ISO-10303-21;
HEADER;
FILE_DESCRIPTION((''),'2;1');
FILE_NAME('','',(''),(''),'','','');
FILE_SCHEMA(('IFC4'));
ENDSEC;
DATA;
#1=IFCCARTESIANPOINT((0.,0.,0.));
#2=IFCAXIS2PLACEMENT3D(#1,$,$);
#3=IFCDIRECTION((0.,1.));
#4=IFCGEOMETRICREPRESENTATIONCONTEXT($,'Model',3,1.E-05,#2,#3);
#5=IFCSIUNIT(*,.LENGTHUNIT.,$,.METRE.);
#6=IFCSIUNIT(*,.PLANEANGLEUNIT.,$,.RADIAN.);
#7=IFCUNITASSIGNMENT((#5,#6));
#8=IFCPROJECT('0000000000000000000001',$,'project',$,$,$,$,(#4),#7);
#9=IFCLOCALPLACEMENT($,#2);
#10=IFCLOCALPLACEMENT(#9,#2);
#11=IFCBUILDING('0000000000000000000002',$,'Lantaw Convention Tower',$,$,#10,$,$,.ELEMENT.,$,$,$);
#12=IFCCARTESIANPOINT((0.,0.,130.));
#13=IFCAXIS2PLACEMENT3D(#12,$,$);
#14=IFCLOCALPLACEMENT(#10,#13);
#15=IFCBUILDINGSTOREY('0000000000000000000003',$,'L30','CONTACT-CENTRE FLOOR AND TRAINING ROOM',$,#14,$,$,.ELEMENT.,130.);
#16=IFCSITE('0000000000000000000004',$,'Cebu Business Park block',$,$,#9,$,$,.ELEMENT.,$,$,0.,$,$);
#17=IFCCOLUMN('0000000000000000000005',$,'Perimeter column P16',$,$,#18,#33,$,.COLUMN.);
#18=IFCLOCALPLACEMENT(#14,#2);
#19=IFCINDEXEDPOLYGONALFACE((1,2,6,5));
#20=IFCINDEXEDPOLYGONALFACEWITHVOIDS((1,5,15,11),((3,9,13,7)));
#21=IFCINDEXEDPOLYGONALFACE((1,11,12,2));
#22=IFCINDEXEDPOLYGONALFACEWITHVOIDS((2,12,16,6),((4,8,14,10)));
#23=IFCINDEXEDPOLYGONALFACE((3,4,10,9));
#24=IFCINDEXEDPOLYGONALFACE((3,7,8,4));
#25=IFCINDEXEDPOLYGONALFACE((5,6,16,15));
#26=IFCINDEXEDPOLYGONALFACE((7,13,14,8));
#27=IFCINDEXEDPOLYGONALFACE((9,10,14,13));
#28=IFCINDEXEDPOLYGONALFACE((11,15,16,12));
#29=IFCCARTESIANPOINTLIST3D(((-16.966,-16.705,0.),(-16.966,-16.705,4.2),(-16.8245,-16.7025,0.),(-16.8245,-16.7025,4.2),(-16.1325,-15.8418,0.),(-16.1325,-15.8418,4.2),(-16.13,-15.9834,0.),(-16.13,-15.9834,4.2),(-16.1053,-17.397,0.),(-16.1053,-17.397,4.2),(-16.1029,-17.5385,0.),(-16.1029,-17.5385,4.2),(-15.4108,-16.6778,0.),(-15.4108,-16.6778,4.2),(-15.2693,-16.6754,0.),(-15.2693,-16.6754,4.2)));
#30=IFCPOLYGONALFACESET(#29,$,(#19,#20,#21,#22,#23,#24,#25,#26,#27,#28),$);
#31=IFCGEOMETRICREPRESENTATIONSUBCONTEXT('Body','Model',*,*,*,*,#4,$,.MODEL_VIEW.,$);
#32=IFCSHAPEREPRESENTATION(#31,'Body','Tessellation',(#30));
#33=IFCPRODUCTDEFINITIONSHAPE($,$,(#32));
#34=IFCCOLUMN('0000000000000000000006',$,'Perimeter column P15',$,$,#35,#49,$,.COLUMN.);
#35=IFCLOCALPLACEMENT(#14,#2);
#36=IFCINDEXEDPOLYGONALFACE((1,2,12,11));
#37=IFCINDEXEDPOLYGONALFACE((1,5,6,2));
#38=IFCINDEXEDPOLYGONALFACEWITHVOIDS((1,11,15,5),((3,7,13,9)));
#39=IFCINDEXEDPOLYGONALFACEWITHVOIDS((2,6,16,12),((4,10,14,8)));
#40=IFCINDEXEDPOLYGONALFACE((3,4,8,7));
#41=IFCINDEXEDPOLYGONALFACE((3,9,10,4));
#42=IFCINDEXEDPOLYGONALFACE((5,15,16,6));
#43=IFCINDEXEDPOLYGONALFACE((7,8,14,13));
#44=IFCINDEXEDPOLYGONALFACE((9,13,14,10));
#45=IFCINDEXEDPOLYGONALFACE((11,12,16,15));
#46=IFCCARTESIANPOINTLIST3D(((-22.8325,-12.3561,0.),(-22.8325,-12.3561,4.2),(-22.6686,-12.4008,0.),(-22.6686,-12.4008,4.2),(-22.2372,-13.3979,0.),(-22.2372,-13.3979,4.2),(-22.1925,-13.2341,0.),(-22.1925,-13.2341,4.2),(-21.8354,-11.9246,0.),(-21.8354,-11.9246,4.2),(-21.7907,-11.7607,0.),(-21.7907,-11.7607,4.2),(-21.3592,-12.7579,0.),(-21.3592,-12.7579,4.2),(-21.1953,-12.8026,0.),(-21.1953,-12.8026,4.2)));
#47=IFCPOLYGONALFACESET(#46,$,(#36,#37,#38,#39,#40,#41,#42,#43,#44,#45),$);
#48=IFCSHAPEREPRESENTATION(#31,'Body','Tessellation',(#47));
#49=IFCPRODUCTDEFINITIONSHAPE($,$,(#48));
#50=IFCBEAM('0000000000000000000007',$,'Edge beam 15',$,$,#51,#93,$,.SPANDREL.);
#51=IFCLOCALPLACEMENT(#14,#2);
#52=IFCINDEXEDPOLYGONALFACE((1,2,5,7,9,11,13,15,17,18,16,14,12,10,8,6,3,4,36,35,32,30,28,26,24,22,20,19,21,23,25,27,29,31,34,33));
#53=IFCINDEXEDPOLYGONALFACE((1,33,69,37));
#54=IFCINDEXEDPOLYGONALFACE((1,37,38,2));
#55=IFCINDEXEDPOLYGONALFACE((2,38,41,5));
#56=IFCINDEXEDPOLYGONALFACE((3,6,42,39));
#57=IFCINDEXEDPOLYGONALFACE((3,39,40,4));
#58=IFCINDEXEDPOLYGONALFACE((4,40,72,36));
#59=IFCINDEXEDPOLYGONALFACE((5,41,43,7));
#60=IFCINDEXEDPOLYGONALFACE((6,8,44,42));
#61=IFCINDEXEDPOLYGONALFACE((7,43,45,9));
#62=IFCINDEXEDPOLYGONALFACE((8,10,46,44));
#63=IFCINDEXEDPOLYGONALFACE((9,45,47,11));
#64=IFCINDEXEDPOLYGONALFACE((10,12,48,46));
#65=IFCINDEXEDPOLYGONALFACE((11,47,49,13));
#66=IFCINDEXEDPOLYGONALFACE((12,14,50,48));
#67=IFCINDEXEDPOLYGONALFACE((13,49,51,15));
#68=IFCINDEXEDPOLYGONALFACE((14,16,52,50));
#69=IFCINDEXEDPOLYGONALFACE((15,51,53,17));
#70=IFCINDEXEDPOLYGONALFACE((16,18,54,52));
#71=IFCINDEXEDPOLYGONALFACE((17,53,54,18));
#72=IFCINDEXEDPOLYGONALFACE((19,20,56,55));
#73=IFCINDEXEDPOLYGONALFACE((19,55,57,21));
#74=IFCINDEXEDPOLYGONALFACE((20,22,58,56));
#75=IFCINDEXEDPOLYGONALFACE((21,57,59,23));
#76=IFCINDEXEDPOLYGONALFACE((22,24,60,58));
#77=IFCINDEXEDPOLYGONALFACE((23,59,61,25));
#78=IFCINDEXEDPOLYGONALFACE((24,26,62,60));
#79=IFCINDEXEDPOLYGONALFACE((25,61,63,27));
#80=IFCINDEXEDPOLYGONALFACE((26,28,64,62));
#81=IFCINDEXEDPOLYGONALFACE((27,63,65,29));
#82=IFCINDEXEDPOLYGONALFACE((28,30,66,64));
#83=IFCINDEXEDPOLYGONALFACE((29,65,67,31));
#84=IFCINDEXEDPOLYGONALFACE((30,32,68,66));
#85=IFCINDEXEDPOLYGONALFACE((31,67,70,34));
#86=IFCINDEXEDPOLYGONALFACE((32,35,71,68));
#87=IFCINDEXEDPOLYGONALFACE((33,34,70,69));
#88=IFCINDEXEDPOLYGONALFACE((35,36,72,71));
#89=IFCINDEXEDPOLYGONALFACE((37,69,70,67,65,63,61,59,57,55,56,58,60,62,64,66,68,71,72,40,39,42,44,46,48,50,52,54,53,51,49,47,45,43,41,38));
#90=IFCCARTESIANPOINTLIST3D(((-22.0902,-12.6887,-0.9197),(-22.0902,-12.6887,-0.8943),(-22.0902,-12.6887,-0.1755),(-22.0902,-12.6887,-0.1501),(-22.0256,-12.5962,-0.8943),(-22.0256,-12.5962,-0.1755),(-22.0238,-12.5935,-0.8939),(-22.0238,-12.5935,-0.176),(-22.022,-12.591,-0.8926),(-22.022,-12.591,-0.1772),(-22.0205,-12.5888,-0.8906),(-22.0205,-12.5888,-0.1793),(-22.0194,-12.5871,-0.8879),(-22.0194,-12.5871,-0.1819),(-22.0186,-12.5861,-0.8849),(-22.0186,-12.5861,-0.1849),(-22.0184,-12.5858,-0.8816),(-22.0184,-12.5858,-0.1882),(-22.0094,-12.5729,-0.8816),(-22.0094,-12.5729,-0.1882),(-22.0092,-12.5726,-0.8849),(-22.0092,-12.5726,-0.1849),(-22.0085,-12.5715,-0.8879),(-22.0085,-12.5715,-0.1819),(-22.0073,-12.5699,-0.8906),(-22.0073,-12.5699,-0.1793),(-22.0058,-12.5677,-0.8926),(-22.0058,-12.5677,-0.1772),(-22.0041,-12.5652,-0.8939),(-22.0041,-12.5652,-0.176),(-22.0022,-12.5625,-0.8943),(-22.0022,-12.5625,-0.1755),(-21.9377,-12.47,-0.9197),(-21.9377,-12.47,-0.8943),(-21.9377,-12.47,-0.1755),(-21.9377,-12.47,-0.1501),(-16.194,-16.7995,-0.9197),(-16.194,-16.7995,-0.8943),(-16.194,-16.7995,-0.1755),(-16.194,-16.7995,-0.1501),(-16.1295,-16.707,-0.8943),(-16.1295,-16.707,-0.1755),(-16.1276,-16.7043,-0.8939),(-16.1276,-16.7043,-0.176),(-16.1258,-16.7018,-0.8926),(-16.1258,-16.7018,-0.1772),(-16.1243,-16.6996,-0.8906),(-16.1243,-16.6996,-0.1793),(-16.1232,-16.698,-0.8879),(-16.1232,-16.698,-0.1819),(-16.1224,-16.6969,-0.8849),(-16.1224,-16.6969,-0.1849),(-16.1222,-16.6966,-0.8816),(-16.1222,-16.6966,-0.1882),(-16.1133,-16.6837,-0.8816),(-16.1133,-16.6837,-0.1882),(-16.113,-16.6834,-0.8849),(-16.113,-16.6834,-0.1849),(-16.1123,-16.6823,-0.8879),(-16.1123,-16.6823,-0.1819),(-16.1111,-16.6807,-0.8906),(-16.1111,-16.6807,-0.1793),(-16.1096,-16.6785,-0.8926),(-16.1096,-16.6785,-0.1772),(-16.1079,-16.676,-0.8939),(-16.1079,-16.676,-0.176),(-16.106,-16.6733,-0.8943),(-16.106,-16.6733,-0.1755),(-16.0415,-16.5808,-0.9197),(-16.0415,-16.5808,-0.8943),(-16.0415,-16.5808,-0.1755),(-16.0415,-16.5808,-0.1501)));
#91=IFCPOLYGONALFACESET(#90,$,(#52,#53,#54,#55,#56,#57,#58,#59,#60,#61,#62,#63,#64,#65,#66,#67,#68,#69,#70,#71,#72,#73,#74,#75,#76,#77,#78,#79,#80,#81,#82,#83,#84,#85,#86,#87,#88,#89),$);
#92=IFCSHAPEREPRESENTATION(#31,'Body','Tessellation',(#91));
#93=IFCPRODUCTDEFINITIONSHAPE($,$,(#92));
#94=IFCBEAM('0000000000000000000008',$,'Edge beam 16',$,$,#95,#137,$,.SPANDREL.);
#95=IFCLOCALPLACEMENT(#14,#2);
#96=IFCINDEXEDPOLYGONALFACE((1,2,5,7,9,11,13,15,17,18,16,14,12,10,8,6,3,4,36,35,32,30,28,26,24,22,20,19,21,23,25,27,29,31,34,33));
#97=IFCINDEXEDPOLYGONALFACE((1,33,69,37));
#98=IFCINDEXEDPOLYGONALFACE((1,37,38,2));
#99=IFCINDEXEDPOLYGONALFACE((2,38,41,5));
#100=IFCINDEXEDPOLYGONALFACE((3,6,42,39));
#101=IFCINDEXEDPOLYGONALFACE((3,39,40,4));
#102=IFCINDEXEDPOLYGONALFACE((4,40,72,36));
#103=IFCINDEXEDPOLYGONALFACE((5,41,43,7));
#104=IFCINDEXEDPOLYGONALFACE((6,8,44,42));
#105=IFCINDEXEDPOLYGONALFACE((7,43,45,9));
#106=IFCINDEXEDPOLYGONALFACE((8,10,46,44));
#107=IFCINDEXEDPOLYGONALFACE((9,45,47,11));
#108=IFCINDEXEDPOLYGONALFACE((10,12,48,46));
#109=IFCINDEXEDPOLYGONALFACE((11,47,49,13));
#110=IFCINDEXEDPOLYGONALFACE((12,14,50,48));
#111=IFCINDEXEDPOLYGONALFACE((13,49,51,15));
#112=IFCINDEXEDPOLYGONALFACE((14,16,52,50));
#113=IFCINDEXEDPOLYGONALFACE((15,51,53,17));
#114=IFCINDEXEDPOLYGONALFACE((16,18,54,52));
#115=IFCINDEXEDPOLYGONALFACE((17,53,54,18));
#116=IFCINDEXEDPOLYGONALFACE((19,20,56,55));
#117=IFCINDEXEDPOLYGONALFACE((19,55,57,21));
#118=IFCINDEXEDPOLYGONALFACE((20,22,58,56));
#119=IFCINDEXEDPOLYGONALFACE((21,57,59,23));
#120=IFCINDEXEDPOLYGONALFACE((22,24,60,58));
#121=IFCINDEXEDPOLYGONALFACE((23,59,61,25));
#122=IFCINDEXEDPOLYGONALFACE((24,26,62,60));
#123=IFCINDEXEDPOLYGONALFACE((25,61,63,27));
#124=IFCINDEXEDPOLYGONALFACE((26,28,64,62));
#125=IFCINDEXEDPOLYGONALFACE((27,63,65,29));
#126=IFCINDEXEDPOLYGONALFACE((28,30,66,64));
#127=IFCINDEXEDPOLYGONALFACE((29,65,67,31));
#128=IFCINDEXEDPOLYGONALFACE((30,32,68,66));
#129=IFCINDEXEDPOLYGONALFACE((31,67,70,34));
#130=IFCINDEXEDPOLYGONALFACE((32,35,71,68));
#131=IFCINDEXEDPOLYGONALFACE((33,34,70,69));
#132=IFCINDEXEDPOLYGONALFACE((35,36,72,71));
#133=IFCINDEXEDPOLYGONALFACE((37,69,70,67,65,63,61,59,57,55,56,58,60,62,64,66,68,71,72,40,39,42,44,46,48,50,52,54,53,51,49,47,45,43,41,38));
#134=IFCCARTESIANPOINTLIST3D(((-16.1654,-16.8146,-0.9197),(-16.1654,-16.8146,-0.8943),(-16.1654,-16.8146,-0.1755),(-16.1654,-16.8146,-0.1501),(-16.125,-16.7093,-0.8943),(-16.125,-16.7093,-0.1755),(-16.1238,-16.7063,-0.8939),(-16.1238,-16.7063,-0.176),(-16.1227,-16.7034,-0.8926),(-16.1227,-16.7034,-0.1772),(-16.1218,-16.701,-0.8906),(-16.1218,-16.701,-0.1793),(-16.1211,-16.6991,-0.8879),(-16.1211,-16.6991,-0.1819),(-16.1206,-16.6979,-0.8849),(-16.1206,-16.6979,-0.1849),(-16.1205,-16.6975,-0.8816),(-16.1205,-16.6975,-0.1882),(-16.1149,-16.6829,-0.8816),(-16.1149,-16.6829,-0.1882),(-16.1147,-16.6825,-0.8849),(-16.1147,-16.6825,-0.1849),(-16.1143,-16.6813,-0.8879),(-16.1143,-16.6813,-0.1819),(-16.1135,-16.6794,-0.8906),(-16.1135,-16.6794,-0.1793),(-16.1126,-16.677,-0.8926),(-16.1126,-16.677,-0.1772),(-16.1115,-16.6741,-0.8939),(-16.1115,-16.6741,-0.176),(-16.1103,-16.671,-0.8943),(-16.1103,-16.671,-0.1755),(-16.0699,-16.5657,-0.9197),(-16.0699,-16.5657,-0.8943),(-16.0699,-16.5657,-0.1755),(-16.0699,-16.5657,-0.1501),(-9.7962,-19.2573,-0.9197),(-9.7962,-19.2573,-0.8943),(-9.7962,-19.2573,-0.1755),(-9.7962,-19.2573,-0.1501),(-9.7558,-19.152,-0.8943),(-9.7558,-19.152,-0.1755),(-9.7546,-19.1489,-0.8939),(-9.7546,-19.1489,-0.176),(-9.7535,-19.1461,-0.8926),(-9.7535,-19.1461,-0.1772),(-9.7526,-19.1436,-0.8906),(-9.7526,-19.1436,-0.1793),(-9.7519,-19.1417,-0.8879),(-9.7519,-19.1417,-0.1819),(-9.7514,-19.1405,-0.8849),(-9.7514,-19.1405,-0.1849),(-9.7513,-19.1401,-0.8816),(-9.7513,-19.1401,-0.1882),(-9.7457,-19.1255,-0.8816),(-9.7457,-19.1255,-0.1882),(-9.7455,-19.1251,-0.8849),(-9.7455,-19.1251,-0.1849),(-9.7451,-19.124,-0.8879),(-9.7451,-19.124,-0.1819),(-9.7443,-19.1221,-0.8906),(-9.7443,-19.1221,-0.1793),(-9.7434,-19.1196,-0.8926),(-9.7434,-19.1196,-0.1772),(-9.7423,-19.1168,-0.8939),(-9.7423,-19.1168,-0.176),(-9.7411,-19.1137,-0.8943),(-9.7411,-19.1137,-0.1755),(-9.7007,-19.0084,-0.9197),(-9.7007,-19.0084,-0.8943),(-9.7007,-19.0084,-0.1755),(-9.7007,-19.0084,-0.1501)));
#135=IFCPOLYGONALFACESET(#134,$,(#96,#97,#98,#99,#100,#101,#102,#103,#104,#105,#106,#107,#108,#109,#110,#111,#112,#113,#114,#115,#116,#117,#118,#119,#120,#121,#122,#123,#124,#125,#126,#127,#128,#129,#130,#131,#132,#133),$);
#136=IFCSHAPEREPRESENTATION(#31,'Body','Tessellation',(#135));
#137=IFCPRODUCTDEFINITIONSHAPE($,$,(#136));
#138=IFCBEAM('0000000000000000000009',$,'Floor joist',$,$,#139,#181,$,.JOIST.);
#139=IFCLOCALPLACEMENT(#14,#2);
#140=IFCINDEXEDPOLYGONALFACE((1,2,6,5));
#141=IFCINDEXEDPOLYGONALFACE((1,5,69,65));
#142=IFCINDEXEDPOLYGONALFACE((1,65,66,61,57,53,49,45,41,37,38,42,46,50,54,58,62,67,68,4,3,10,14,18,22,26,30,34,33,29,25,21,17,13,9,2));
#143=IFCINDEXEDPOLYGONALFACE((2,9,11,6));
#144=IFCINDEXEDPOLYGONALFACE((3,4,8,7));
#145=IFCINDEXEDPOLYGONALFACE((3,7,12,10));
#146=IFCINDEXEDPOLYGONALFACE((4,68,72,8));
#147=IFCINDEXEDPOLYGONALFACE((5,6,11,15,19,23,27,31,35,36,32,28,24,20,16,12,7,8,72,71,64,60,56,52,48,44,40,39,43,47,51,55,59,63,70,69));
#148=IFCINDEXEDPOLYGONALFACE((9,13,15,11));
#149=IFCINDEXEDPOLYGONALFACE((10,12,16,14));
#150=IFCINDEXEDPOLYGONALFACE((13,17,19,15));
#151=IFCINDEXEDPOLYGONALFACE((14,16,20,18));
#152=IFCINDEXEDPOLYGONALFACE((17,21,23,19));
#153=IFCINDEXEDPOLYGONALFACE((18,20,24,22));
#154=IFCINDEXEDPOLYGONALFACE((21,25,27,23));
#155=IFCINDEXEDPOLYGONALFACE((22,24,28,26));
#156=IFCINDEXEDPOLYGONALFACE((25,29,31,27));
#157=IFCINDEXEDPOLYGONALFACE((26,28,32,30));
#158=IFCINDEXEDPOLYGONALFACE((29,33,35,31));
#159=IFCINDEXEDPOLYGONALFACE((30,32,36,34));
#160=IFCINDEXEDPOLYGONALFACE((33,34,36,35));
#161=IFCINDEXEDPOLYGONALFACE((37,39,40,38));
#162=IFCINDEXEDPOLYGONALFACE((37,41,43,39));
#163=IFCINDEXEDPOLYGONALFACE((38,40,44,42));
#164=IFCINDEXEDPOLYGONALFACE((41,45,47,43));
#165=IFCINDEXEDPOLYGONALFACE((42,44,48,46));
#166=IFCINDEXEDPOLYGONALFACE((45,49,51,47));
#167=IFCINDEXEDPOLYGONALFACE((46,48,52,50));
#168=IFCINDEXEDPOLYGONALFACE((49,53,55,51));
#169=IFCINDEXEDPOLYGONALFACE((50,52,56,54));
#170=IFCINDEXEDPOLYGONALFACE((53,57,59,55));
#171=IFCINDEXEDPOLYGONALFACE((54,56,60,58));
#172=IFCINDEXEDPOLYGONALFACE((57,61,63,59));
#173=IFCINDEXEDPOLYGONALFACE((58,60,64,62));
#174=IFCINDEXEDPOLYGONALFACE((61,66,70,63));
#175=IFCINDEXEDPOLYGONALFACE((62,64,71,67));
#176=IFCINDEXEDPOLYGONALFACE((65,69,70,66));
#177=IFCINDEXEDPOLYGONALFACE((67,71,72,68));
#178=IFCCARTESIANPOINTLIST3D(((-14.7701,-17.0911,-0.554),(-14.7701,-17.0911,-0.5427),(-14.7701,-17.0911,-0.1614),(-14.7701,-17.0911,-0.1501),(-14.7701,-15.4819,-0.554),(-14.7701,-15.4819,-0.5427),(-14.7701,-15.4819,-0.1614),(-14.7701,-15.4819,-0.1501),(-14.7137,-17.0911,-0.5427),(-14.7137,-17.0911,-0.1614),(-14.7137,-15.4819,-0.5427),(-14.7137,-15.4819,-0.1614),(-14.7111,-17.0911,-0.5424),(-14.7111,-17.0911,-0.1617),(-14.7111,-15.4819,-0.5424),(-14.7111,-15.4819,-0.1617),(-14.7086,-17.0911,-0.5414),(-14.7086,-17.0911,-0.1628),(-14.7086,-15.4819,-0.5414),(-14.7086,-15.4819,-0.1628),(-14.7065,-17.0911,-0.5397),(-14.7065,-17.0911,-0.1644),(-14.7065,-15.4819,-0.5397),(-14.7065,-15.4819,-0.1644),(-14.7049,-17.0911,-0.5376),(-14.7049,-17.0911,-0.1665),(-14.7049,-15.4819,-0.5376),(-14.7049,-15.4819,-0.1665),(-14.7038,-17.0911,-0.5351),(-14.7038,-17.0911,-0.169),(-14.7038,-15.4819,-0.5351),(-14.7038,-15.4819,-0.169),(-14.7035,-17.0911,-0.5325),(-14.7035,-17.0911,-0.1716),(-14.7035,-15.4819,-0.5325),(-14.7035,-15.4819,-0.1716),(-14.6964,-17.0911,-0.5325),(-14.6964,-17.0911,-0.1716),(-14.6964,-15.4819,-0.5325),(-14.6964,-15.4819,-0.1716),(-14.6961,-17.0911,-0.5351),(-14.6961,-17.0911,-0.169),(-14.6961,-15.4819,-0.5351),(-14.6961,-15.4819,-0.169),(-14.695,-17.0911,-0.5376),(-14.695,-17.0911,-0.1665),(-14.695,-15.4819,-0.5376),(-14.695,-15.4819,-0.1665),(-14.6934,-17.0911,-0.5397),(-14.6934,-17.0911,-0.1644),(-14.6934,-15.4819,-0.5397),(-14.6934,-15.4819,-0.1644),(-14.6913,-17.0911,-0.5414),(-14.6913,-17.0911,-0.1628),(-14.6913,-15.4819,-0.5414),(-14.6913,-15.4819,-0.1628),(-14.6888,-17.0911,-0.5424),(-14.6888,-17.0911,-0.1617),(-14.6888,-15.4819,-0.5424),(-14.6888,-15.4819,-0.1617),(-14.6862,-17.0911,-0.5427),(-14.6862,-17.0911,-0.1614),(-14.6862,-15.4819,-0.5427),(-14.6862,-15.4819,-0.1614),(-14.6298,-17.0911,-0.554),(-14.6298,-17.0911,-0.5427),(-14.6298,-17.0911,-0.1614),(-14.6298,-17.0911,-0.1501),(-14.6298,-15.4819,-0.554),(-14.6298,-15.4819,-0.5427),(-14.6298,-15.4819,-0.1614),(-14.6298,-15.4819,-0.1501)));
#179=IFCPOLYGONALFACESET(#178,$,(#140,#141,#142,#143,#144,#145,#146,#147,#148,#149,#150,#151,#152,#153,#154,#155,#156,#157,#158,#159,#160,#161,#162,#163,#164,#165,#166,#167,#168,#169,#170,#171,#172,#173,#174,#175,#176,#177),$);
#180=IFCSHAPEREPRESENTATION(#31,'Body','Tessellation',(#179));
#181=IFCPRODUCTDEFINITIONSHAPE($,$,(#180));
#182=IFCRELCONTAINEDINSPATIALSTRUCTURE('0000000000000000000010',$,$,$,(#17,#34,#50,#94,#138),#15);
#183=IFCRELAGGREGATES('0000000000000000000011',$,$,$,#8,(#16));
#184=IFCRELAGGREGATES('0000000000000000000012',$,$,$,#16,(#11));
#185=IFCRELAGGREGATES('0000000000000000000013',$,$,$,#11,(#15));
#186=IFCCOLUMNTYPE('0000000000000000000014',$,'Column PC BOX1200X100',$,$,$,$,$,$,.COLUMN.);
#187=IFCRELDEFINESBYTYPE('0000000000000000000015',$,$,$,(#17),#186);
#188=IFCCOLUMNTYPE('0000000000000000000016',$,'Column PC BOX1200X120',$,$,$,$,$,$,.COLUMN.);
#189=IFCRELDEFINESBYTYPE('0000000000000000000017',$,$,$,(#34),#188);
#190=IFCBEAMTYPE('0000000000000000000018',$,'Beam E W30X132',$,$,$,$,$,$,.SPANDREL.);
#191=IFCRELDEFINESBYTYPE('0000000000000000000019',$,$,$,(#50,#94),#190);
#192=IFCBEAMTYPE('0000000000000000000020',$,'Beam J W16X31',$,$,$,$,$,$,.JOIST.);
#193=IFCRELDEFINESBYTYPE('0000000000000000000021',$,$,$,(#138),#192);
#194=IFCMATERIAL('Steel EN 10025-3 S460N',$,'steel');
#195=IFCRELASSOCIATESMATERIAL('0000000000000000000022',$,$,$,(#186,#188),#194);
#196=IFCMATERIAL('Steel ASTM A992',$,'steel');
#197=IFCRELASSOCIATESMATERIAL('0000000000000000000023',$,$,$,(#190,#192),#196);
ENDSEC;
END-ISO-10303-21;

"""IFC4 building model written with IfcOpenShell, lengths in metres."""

from ifc_helpers import new_model, si_unit, direction, frame, origin, origin_2d, place, context, subcontext, project, spatial, rectangle, hollow_rectangle, i_section, extrude, material, material_profile, profile_set, type_object, element, save


model = new_model("IFC4")

# Units and contexts
model_context = context("Model", 3, precision=1e-05, world=origin(), true_north=direction((0.0, 1.0)))
body_context = subcontext(model_context, "Body", "Model", "MODEL_VIEW")
ifc_project = project(units=[si_unit("LENGTHUNIT", "METRE"), si_unit("PLANEANGLEUNIT", "RADIAN")], contexts=[model_context])

# Site, building, storey
site_placement = place(None, origin())
site = spatial("IfcSite", under=ifc_project, at=site_placement, Name="Cebu Business Park block", CompositionType="ELEMENT", RefElevation=0.0)
building_placement = place(site_placement, origin())
building = spatial("IfcBuilding", under=site, at=building_placement, Name="Lantaw Convention Tower", CompositionType="ELEMENT")
storey_placement = place(building_placement, frame((0.0, 0.0, 130.0)))
storey = spatial("IfcBuildingStorey", under=building, at=storey_placement, Name="L30", Description="CONTACT-CENTRE FLOOR AND TRAINING ROOM", CompositionType="ELEMENT", Elevation=130.0)

# Columns
ifc_material_1 = material(Name="Steel EN 10025-3 S460N", Category="steel")
ifc_material_profile_1 = material_profile(ifc_material_1, hollow_rectangle(XDim=1.2, YDim=1.2, WallThickness=0.1001, at=origin_2d()), Name="BOX1200X100")
ifc_material_2 = material(Name="Concrete C60/75", Category="concrete")
ifc_material_profile_2 = material_profile(ifc_material_2, rectangle(XDim=1.0, YDim=1.0, at=origin_2d()), Name="Concrete fill of BOX1200X100")
ifc_profile_set_1 = profile_set([ifc_material_profile_1, ifc_material_profile_2], Name="Steel EN 10025-3 S460N")
column_type_1 = type_object("IfcColumnType", Name="Column PC BOX1200X100", PredefinedType="COLUMN", material=ifc_profile_set_1)
column_1_placement = place(storey_placement, frame((-16.1177, -16.6902, 0.0), z_axis=(0.0, 0.0, 1.0), x_axis=(0.694658, 0.71934, 0.0)))
element("IfcColumn", 1, at=column_1_placement, inside=storey, type_object=column_type_1, Name="Perimeter column P16", PredefinedType="COLUMN", context=body_context, shape_type="SweptSolid", body=[
    extrude(hollow_rectangle(XDim=1.2, YDim=1.2, WallThickness=0.1001, at=origin_2d()), origin(), (0.0, 0.0, 1.0), 4.2),
])
ifc_material_profile_3 = material_profile(ifc_material_1, hollow_rectangle(XDim=1.2, YDim=1.2, WallThickness=0.1201, at=origin_2d()), Name="BOX1200X120")
ifc_material_profile_4 = material_profile(ifc_material_2, rectangle(XDim=0.96, YDim=0.96, at=origin_2d()), Name="Concrete fill of BOX1200X120")
ifc_profile_set_2 = profile_set([ifc_material_profile_3, ifc_material_profile_4], Name="Steel EN 10025-3 S460N")
column_type_2 = type_object("IfcColumnType", Name="Column PC BOX1200X120", PredefinedType="COLUMN", material=ifc_profile_set_2)
column_2_placement = place(storey_placement, frame((-22.0139, -12.5793, 0.0), z_axis=(0.0, 0.0, 1.0), x_axis=(0.868243, 0.496139, 0.0)))
element("IfcColumn", 2, at=column_2_placement, inside=storey, type_object=column_type_2, Name="Perimeter column P15", PredefinedType="COLUMN", context=body_context, shape_type="SweptSolid", body=[
    extrude(hollow_rectangle(XDim=1.2, YDim=1.2, WallThickness=0.1201, at=origin_2d()), origin(), (0.0, 0.0, 1.0), 4.2),
])

# Beams
ifc_material_3 = material(Name="Steel ASTM A992", Category="steel")
ifc_material_profile_5 = material_profile(ifc_material_3, i_section(OverallWidth=0.2666, OverallDepth=0.7695, WebThickness=0.0156, FlangeThickness=0.0254, FilletRadius=0.0127, at=origin_2d()), Name="W30X132")
ifc_profile_set_3 = profile_set([ifc_material_profile_5], Name="Steel ASTM A992")
beam_type_1 = type_object("IfcBeamType", Name="Beam E W30X132", PredefinedType="SPANDREL", material=ifc_profile_set_3)
beam_1_placement = place(storey_placement, frame((-22.0139, -12.5793, -0.5349), z_axis=(0.820311, -0.571918, 0.0), x_axis=(0.571918, 0.820311, 0.0)))
element("IfcBeam", 3, at=beam_1_placement, inside=storey, type_object=beam_type_1, Name="Edge beam 15", PredefinedType="SPANDREL", context=body_context, shape_type="SweptSolid", body=[
    extrude(i_section(OverallWidth=0.2666, OverallDepth=0.7695, WebThickness=0.0156, FlangeThickness=0.0254, FilletRadius=0.0127, at=origin_2d()), origin(), (0.0, 0.0, 1.0), 7.1877),
])
beam_2_placement = place(storey_placement, frame((-16.1177, -16.6902, -0.5349), z_axis=(0.933691, -0.35808, 0.0), x_axis=(0.35808, 0.933691, 0.0)))
element("IfcBeam", 4, at=beam_2_placement, inside=storey, type_object=beam_type_1, Name="Edge beam 16", PredefinedType="SPANDREL", context=body_context, shape_type="SweptSolid", body=[
    extrude(i_section(OverallWidth=0.2666, OverallDepth=0.7695, WebThickness=0.0156, FlangeThickness=0.0254, FilletRadius=0.0127, at=origin_2d()), origin(), (0.0, 0.0, 1.0), 6.8215),
])
ifc_material_profile_6 = material_profile(ifc_material_3, i_section(OverallWidth=0.1404, OverallDepth=0.4038, WebThickness=0.0071, FlangeThickness=0.0112, FilletRadius=0.0103, at=origin_2d()), Name="W16X31")
ifc_profile_set_4 = profile_set([ifc_material_profile_6], Name="Steel ASTM A992")
beam_type_2 = type_object("IfcBeamType", Name="Beam J W16X31", PredefinedType="JOIST", material=ifc_profile_set_4)
beam_3_placement = place(storey_placement, frame((-14.7, -17.0911, -0.3521), z_axis=(0.0, 1.0, 0.0), x_axis=(-1.0, 0.0, 0.0)))
element("IfcBeam", 5, at=beam_3_placement, inside=storey, type_object=beam_type_2, Name="Floor joist", PredefinedType="JOIST", context=body_context, shape_type="SweptSolid", body=[
    extrude(i_section(OverallWidth=0.1404, OverallDepth=0.4038, WebThickness=0.0071, FlangeThickness=0.0112, FilletRadius=0.0103, at=origin_2d()), origin(), (0.0, 0.0, 1.0), 1.6091),
])

save(model, "model.ifc")
